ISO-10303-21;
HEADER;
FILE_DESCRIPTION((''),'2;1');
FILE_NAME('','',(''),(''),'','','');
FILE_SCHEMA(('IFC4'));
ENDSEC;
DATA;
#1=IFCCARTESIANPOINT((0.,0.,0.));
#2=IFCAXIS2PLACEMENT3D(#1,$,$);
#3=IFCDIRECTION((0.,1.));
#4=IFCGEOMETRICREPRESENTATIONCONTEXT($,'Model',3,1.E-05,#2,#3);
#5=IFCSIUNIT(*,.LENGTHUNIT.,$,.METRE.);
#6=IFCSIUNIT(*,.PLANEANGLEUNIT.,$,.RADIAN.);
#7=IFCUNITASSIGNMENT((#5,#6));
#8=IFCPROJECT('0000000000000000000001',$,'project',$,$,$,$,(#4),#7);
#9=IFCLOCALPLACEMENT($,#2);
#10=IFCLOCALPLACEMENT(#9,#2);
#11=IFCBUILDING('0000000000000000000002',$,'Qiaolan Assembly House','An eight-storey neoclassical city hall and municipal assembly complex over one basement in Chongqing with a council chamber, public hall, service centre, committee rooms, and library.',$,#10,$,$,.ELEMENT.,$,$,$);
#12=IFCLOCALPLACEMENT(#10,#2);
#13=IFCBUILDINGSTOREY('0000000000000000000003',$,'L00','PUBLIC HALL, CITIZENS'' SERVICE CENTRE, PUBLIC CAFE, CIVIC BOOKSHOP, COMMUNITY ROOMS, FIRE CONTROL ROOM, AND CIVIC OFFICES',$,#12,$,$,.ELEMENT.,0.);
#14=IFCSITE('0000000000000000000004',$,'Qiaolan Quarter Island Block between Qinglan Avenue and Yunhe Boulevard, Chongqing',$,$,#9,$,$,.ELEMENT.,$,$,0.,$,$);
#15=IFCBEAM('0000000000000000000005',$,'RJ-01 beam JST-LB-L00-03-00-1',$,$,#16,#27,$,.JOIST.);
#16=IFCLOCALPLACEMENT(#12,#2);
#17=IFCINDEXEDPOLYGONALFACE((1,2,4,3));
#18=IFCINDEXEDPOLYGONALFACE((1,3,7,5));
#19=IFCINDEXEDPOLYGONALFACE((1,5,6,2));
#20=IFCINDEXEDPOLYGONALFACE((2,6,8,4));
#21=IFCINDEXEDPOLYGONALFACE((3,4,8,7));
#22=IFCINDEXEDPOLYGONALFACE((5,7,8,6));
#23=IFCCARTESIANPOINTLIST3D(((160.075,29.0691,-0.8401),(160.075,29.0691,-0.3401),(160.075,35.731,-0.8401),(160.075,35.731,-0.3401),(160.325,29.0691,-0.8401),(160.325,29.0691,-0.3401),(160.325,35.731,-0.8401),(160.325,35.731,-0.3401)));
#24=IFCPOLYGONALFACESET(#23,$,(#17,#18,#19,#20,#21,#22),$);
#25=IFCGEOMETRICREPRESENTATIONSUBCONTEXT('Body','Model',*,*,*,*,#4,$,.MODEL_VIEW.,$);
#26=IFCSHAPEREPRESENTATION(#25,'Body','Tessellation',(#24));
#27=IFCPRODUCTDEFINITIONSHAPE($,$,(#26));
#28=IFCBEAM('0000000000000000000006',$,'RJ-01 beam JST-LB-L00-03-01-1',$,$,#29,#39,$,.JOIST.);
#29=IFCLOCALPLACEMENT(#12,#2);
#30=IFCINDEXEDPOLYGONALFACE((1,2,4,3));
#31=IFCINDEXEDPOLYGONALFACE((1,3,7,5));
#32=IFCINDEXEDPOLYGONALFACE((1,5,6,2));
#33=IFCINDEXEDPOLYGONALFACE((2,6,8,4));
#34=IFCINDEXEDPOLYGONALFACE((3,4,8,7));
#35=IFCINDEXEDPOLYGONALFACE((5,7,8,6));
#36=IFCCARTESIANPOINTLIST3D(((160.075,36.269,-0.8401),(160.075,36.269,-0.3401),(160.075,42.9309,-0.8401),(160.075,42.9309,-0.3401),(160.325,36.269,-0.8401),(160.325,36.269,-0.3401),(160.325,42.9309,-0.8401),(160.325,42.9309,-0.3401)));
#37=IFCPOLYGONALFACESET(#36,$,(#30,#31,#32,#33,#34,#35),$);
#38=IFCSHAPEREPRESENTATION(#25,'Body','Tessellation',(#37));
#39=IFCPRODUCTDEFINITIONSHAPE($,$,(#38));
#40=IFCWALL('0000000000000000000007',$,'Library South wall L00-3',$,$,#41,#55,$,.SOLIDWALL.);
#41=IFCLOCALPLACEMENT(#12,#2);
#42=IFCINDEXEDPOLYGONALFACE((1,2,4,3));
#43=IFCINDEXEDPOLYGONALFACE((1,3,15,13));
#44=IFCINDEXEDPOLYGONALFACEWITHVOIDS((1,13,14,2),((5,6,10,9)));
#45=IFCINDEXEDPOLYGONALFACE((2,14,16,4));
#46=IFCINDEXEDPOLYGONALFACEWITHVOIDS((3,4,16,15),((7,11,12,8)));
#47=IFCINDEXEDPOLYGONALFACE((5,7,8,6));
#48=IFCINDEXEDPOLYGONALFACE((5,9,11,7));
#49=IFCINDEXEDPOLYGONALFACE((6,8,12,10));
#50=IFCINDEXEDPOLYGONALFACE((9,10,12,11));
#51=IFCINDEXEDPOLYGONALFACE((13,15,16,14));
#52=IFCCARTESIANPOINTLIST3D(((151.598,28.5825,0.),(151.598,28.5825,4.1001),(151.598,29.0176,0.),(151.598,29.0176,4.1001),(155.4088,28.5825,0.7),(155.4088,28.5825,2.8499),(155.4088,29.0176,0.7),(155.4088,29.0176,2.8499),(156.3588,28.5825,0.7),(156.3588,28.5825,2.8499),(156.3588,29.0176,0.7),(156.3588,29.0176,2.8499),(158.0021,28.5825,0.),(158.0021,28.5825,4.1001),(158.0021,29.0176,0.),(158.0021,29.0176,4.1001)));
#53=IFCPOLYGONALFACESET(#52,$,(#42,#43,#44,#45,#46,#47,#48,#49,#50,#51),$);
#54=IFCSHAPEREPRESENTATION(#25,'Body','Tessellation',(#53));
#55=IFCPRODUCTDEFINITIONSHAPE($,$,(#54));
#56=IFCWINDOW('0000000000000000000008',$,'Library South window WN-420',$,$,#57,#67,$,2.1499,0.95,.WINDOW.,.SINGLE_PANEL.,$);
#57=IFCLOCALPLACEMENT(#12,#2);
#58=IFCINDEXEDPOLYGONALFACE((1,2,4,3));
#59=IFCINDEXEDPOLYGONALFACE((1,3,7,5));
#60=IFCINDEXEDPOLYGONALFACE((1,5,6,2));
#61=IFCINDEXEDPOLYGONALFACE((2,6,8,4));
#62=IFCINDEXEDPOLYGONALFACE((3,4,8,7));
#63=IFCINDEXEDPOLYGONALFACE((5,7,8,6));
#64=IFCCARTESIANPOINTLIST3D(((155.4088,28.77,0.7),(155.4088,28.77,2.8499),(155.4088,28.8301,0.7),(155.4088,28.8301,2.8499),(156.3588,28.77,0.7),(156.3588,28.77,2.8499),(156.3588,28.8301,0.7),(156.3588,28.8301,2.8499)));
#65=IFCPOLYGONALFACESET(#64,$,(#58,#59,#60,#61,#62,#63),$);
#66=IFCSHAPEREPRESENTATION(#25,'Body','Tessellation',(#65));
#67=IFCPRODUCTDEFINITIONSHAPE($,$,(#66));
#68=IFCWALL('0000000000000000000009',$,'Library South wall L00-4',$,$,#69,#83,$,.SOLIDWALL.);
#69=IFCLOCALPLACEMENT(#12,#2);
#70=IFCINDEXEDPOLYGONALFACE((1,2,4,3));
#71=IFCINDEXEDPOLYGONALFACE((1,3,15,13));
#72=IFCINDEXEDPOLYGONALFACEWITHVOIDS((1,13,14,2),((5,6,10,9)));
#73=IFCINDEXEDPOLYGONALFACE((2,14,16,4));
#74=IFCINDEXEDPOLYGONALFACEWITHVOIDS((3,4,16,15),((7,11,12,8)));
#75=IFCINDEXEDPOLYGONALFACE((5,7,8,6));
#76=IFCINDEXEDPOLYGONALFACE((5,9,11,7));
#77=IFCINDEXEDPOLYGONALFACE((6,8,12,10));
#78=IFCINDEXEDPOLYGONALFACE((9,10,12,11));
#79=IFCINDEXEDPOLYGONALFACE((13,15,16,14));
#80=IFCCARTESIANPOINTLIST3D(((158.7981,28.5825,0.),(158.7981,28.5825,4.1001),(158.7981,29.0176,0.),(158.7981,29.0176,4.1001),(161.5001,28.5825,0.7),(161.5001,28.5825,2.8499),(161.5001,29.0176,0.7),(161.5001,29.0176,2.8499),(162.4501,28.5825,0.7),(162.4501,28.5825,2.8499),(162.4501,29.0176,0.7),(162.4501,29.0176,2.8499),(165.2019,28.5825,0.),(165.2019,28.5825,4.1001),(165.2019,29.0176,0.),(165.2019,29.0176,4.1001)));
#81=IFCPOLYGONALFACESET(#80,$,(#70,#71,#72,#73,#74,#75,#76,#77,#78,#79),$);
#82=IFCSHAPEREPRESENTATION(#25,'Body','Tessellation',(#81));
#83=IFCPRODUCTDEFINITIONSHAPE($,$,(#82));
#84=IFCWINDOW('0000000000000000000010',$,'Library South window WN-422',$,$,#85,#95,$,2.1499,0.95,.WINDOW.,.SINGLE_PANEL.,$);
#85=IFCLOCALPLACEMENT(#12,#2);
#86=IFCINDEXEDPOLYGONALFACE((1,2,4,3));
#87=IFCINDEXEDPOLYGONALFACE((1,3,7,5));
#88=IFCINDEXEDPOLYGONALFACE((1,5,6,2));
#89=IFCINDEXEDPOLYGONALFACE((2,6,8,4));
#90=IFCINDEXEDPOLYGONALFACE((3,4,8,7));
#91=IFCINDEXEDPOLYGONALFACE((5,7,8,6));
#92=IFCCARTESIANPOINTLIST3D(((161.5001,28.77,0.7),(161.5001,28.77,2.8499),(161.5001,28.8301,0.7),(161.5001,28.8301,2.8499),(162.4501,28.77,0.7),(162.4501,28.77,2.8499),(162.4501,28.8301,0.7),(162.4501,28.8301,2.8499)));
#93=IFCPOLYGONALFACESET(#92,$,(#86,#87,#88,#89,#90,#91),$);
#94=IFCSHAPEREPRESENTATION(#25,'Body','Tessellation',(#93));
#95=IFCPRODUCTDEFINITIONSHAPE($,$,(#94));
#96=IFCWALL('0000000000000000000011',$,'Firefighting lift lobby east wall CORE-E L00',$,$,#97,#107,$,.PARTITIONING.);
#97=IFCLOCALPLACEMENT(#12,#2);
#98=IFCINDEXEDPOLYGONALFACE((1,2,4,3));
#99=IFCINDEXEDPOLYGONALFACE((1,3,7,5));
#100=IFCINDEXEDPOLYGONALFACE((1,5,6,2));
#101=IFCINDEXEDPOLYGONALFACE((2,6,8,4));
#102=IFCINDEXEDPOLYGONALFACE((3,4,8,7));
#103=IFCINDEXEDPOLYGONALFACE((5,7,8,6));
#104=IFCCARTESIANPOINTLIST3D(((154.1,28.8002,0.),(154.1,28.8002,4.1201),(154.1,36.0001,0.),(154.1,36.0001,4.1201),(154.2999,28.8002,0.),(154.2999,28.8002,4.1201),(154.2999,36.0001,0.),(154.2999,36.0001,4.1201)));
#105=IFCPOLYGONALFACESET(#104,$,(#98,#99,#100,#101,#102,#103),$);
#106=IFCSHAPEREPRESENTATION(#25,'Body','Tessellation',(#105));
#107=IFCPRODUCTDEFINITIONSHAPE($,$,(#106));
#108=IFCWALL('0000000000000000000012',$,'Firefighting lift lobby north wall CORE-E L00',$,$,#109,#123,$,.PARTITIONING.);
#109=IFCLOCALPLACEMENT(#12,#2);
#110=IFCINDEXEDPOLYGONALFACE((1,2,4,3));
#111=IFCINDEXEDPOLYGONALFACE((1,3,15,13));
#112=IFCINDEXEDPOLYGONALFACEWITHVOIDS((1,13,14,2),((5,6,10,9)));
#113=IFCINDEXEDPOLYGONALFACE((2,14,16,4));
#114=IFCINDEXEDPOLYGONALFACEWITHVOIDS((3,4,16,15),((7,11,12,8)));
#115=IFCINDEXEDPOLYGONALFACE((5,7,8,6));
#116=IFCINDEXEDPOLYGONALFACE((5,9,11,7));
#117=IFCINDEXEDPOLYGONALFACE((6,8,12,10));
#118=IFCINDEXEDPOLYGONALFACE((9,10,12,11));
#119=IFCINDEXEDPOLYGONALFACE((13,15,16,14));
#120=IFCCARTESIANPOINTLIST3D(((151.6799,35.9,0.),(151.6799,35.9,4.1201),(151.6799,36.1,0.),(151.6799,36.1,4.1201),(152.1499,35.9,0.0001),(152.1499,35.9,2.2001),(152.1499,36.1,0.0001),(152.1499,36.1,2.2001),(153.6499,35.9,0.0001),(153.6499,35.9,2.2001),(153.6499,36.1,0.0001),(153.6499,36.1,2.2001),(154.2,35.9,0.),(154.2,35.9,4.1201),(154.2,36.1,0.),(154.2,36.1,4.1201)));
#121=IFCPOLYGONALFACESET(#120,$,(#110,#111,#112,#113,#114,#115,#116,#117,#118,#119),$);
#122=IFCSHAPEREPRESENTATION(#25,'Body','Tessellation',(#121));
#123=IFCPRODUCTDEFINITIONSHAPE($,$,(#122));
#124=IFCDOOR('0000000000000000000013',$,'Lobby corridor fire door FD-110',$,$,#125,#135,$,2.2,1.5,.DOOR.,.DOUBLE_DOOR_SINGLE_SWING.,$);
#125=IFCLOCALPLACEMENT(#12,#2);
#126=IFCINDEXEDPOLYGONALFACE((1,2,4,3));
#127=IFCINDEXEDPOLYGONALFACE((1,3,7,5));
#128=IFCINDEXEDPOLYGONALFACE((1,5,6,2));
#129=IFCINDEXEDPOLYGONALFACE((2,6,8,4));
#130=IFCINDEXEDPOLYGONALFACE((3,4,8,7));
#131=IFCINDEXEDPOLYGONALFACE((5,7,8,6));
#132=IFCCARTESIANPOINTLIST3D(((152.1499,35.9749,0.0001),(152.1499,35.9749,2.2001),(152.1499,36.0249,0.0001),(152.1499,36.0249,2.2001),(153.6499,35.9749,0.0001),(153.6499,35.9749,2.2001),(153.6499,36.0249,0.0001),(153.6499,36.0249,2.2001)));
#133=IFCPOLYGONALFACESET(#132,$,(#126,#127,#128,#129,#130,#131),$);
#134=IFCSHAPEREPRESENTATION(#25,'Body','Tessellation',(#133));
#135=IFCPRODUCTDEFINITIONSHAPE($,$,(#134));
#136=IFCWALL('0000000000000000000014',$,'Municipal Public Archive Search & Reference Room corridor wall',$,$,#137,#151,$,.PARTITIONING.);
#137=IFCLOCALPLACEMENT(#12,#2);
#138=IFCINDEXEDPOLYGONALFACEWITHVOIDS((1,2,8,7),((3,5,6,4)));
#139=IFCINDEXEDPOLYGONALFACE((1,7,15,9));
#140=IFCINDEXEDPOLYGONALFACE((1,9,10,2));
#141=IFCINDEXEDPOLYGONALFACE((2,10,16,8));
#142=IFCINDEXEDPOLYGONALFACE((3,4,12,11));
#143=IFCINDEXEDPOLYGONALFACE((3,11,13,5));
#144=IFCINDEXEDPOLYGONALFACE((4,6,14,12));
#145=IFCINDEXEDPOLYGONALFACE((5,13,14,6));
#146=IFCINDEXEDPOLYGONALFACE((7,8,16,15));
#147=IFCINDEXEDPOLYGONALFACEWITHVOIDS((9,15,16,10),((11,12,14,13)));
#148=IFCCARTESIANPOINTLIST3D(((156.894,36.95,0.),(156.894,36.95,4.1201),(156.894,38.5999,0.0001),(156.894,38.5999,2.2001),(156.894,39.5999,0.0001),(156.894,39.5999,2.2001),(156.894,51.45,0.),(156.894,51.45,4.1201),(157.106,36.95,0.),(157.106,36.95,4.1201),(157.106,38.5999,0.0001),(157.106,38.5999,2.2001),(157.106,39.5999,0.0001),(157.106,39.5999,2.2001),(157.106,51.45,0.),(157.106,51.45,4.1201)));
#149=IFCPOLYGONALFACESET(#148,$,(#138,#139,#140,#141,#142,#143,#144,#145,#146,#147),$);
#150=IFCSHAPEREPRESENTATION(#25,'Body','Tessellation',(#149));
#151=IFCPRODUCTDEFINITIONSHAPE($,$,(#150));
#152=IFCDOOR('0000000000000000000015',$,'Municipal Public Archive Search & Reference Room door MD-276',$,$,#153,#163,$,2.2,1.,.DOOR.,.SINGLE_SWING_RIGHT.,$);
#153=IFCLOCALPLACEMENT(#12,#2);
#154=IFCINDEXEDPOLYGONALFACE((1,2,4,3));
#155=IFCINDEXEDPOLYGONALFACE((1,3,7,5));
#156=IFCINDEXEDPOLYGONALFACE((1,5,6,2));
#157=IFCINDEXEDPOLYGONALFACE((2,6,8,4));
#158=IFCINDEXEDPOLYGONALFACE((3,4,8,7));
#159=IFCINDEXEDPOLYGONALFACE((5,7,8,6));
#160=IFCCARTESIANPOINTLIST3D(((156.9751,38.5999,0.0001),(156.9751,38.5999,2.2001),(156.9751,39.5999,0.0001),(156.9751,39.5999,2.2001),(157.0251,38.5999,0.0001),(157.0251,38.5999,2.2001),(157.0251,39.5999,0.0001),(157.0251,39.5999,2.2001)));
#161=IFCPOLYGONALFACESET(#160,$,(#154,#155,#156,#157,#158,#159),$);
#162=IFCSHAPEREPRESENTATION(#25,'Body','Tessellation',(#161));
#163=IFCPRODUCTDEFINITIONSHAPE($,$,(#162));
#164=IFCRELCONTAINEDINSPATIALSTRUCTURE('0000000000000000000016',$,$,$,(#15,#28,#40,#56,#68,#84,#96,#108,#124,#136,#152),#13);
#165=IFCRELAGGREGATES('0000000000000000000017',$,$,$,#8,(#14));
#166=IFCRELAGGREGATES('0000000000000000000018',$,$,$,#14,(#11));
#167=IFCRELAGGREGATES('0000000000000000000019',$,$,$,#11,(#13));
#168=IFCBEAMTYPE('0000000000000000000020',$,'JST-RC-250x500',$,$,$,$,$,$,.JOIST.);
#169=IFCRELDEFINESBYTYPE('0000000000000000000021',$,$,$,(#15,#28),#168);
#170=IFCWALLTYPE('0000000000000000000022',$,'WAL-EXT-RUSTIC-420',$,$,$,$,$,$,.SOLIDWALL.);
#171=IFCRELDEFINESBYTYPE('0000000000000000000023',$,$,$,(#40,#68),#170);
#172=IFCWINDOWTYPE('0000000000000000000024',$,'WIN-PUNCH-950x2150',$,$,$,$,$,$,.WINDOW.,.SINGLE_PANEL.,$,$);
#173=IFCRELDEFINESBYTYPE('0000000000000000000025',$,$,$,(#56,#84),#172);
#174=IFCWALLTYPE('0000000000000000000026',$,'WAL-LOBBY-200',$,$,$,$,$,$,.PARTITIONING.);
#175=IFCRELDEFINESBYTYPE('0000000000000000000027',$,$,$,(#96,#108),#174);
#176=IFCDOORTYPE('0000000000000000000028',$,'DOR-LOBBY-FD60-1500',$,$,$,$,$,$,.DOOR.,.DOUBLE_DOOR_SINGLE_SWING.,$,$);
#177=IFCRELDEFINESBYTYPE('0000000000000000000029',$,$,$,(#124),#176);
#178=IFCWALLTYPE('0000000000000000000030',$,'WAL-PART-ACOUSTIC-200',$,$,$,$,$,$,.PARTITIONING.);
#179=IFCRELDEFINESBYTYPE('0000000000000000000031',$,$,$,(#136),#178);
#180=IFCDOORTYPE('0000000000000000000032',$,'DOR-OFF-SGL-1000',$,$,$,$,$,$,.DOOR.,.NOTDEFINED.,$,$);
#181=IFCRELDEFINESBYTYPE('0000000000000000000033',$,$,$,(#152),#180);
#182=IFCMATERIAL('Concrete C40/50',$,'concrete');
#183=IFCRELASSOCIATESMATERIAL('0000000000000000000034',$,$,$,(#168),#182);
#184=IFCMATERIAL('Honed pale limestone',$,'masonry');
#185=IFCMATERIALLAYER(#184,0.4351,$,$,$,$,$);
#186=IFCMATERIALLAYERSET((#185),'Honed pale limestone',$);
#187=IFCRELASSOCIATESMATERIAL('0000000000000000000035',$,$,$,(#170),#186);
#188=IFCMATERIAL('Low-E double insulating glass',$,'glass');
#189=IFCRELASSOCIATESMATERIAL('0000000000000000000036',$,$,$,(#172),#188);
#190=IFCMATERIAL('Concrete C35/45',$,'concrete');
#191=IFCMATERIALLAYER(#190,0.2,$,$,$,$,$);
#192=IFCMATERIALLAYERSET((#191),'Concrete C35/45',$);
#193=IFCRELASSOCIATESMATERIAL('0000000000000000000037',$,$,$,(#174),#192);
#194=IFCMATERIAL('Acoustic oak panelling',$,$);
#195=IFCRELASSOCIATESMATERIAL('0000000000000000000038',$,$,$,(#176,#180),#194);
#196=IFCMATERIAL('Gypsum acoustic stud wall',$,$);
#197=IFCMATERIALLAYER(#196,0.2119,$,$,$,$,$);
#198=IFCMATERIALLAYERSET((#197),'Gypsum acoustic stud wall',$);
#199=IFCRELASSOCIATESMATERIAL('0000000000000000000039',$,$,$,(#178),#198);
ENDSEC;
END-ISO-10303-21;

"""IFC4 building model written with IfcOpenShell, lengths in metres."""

from ifc_helpers import new_model, si_unit, direction, frame, frame_2d, origin, origin_2d, place, context, subcontext, project, spatial, rectangle, extrude, material, layer, layer_set, material_profile, profile_set, type_object, element, fill, save


model = new_model("IFC4")

# Units and contexts
model_context = context("Model", 3, precision=1e-05, world=origin(), true_north=direction((0.0, 1.0)))
body_context = subcontext(model_context, "Body", "Model", "MODEL_VIEW")
ifc_project = project(units=[si_unit("LENGTHUNIT", "METRE"), si_unit("PLANEANGLEUNIT", "RADIAN")], contexts=[model_context])

# Site, building, storey
site_placement = place(None, origin())
site = spatial("IfcSite", under=ifc_project, at=site_placement, Name="Qiaolan Quarter Island Block between Qinglan Avenue and Yunhe Boulevard, Chongqing", CompositionType="ELEMENT", RefElevation=0.0)
building_placement = place(site_placement, origin())
building = spatial("IfcBuilding", under=site, at=building_placement, Name="Qiaolan Assembly House", Description="An eight-storey neoclassical city hall and municipal assembly complex over one basement in Chongqing with a council chamber, public hall, service centre, committee rooms, and library.", CompositionType="ELEMENT")
storey_placement = place(building_placement, origin())
storey = spatial("IfcBuildingStorey", under=building, at=storey_placement, Name="L00", Description="PUBLIC HALL, CITIZENS' SERVICE CENTRE, PUBLIC CAFE, CIVIC BOOKSHOP, COMMUNITY ROOMS, FIRE CONTROL ROOM, AND CIVIC OFFICES", CompositionType="ELEMENT", Elevation=0.0)

# Beams
ifc_material_1 = material(Name="Concrete C40/50", Category="concrete")
ifc_material_profile_1 = material_profile(ifc_material_1, rectangle(XDim=0.25, YDim=0.5, at=origin_2d()), Name="RCB 250x500")
ifc_profile_set_1 = profile_set([ifc_material_profile_1], Name="Concrete C40/50")
beam_type_1 = type_object("IfcBeamType", Name="JST-RC-250x500", PredefinedType="JOIST", material=ifc_profile_set_1)
for number, where, z_axis, x_axis, name in (
    (1, (160.2, 29.0691, -0.5901), (0.0, 1.0, 0.0), (-1.0, 0.0, 0.0), "RJ-01 beam JST-LB-L00-03-00-1"),
    (2, (160.2, 36.269, -0.5901), (0.0, 1.0, 0.0), (-1.0, 0.0, 0.0), "RJ-01 beam JST-LB-L00-03-01-1"),
):
    element("IfcBeam", number, at=place(storey_placement, frame(where, z_axis=z_axis, x_axis=x_axis)), inside=storey, type_object=beam_type_1, Name=name, PredefinedType="JOIST", context=body_context, shape_type="SweptSolid", body=[
        extrude(rectangle(XDim=0.25, YDim=0.5, at=origin_2d()), origin(), (0.0, 0.0, 1.0), 6.6619),
    ])

# Walls, openings, windows
ifc_material_2 = material(Name="Honed pale limestone", Category="masonry")
ifc_layer_1 = layer(ifc_material_2, 0.4351)
ifc_layer_set_1 = layer_set([ifc_layer_1], Name="Honed pale limestone")
wall_type_1 = type_object("IfcWallType", Name="WAL-EXT-RUSTIC-420", PredefinedType="SOLIDWALL", material=ifc_layer_set_1)
wall_1_placement = place(storey_placement, frame((151.5979, 28.8, 0.0), z_axis=(0.0, 0.0, 1.0), x_axis=(1.0, 0.0, 0.0)))
wall_1 = element("IfcWall", 3, at=wall_1_placement, inside=storey, type_object=wall_type_1, Name="Library South wall L00-3", PredefinedType="SOLIDWALL", context=body_context, shape_type="SweptSolid", body=[
    extrude(rectangle(XDim=6.4041, YDim=0.4351, at=frame_2d((3.2021, 0.0))), origin(), (0.0, 0.0, 1.0), 4.1001),
])
opening_1_placement = place(wall_1_placement, frame((3.8108, 0.0, 0.7)))
opening_1 = element("IfcOpeningElement", 4, at=opening_1_placement, cuts=wall_1, PredefinedType="OPENING", context=body_context, shape_type="SweptSolid", body=[
    extrude(rectangle(XDim=0.95, YDim=2.1499, at=frame_2d((0.4751, 1.075))), frame((0.0, 0.2275, 0.0), z_axis=(0.0, -1.0, 0.0), x_axis=(1.0, 0.0, 0.0)), (0.0, 0.0, 1.0), 0.4551),
])
ifc_material_3 = material(Name="Low-E double insulating glass", Category="glass")
window_type = type_object("IfcWindowType", Name="WIN-PUNCH-950x2150", PartitioningType="SINGLE_PANEL", PredefinedType="WINDOW", material=ifc_material_3)
window_1_placement = place(opening_1_placement, origin())
window_1 = element("IfcWindow", 5, at=window_1_placement, inside=storey, type_object=window_type, Name="Library South window WN-420", OverallHeight=2.1499, OverallWidth=0.95, PartitioningType="SINGLE_PANEL", PredefinedType="WINDOW", context=body_context, shape_type="SweptSolid", body=[
    extrude(rectangle(XDim=0.95, YDim=2.1499, at=frame_2d((0.4751, 1.075))), frame((0.0, 0.03, 0.0), z_axis=(0.0, -1.0, 0.0), x_axis=(1.0, 0.0, 0.0)), (0.0, 0.0, 1.0), 0.0601),
])
fill(opening_1, window_1)
wall_2_placement = place(storey_placement, frame((158.7981, 28.8, 0.0), z_axis=(0.0, 0.0, 1.0), x_axis=(1.0, 0.0, 0.0)))
wall_2 = element("IfcWall", 6, at=wall_2_placement, inside=storey, type_object=wall_type_1, Name="Library South wall L00-4", PredefinedType="SOLIDWALL", context=body_context, shape_type="SweptSolid", body=[
    extrude(rectangle(XDim=6.4038, YDim=0.4351, at=frame_2d((3.2019, 0.0))), origin(), (0.0, 0.0, 1.0), 4.1001),
])
opening_2_placement = place(wall_2_placement, frame((2.7019, 0.0, 0.7)))
opening_2 = element("IfcOpeningElement", 7, at=opening_2_placement, cuts=wall_2, PredefinedType="OPENING", context=body_context, shape_type="SweptSolid", body=[
    extrude(rectangle(XDim=0.95, YDim=2.1499, at=frame_2d((0.4751, 1.075))), frame((0.0, 0.2275, 0.0), z_axis=(0.0, -1.0, 0.0), x_axis=(1.0, 0.0, 0.0)), (0.0, 0.0, 1.0), 0.4551),
])
window_2_placement = place(opening_2_placement, origin())
window_2 = element("IfcWindow", 8, at=window_2_placement, inside=storey, type_object=window_type, Name="Library South window WN-422", OverallHeight=2.1499, OverallWidth=0.95, PartitioningType="SINGLE_PANEL", PredefinedType="WINDOW", context=body_context, shape_type="SweptSolid", body=[
    extrude(rectangle(XDim=0.95, YDim=2.1499, at=frame_2d((0.4751, 1.075))), frame((0.0, 0.03, 0.0), z_axis=(0.0, -1.0, 0.0), x_axis=(1.0, 0.0, 0.0)), (0.0, 0.0, 1.0), 0.0601),
])
fill(opening_2, window_2)

# Wall
ifc_material_4 = material(Name="Concrete C35/45", Category="concrete")
ifc_layer_2 = layer(ifc_material_4, 0.2)
ifc_layer_set_2 = layer_set([ifc_layer_2], Name="Concrete C35/45")
wall_type_2 = type_object("IfcWallType", Name="WAL-LOBBY-200", PredefinedType="PARTITIONING", material=ifc_layer_set_2)
wall_3_placement = place(storey_placement, frame((154.2, 28.8, 0.0), z_axis=(0.0, 0.0, 1.0), x_axis=(0.0, 1.0, 0.0)))
element("IfcWall", 9, at=wall_3_placement, inside=storey, type_object=wall_type_2, Name="Firefighting lift lobby east wall CORE-E L00", PredefinedType="PARTITIONING", context=body_context, shape_type="SweptSolid", body=[
    extrude(rectangle(XDim=7.2, YDim=0.2, at=frame_2d((3.6001, 0.0))), origin(), (0.0, 0.0, 1.0), 4.1201),
])

# Walls, openings, doors
wall_4_placement = place(storey_placement, frame((154.2, 36.0, 0.0), z_axis=(0.0, 0.0, 1.0), x_axis=(-1.0, 0.0, 0.0)))
wall_4 = element("IfcWall", 10, at=wall_4_placement, inside=storey, type_object=wall_type_2, Name="Firefighting lift lobby north wall CORE-E L00", PredefinedType="PARTITIONING", context=body_context, shape_type="SweptSolid", body=[
    extrude(rectangle(XDim=2.52, YDim=0.2, at=frame_2d((1.26, 0.0))), origin(), (0.0, 0.0, 1.0), 4.1201),
])
opening_3_placement = place(wall_4_placement, frame((0.55, 0.0, 0.0)))
opening_3 = element("IfcOpeningElement", 11, at=opening_3_placement, cuts=wall_4, PredefinedType="OPENING", context=body_context, shape_type="SweptSolid", body=[
    extrude(rectangle(XDim=1.5, YDim=2.2, at=frame_2d((0.75, 1.1001))), frame((0.0, 0.1099, 0.0), z_axis=(0.0, -1.0, 0.0), x_axis=(1.0, 0.0, 0.0)), (0.0, 0.0, 1.0), 0.22),
])
ifc_material_5 = material(Name="Acoustic oak panelling")
door_type_1 = type_object("IfcDoorType", Name="DOR-LOBBY-FD60-1500", OperationType="DOUBLE_DOOR_SINGLE_SWING", PredefinedType="DOOR", material=ifc_material_5)
door_1_placement = place(opening_3_placement, frame((1.5, 0.0, 0.0), z_axis=(0.0, 0.0, 1.0), x_axis=(-1.0, 0.0, 0.0)))
door_1 = element("IfcDoor", 12, at=door_1_placement, inside=storey, type_object=door_type_1, Name="Lobby corridor fire door FD-110", OperationType="DOUBLE_DOOR_SINGLE_SWING", OverallHeight=2.2, OverallWidth=1.5, PredefinedType="DOOR", context=body_context, shape_type="SweptSolid", body=[
    extrude(rectangle(XDim=1.5, YDim=2.2, at=frame_2d((0.75, 1.1001))), frame((0.0, 0.0249, 0.0), z_axis=(0.0, -1.0, 0.0), x_axis=(1.0, 0.0, 0.0)), (0.0, 0.0, 1.0), 0.05),
])
fill(opening_3, door_1)
ifc_material_6 = material(Name="Gypsum acoustic stud wall")
ifc_layer_3 = layer(ifc_material_6, 0.2119)
ifc_layer_set_3 = layer_set([ifc_layer_3], Name="Gypsum acoustic stud wall")
wall_type_3 = type_object("IfcWallType", Name="WAL-PART-ACOUSTIC-200", PredefinedType="PARTITIONING", material=ifc_layer_set_3)
wall_5_placement = place(storey_placement, frame((157.0, 36.95, 0.0), z_axis=(0.0, 0.0, 1.0), x_axis=(0.0, 1.0, 0.0)))
wall_5 = element("IfcWall", 13, at=wall_5_placement, inside=storey, type_object=wall_type_3, Name="Municipal Public Archive Search & Reference Room corridor wall", PredefinedType="PARTITIONING", context=body_context, shape_type="SweptSolid", body=[
    extrude(rectangle(XDim=14.5, YDim=0.2119, at=frame_2d((7.25, 0.0))), origin(), (0.0, 0.0, 1.0), 4.1201),
])
opening_4_placement = place(wall_5_placement, frame((1.6499, 0.0, 0.0)))
opening_4 = element("IfcOpeningElement", 14, at=opening_4_placement, cuts=wall_5, PredefinedType="OPENING", context=body_context, shape_type="SweptSolid", body=[
    extrude(rectangle(XDim=1.0, YDim=2.2, at=frame_2d((0.5, 1.1001))), frame((0.0, 0.116, 0.0), z_axis=(0.0, -1.0, 0.0), x_axis=(1.0, 0.0, 0.0)), (0.0, 0.0, 1.0), 0.2319),
])
door_type_2 = type_object("IfcDoorType", Name="DOR-OFF-SGL-1000", OperationType="NOTDEFINED", PredefinedType="DOOR", material=ifc_material_5)
door_2_placement = place(opening_4_placement, origin())
door_2 = element("IfcDoor", 15, at=door_2_placement, inside=storey, type_object=door_type_2, Name="Municipal Public Archive Search & Reference Room door MD-276", OperationType="SINGLE_SWING_RIGHT", OverallHeight=2.2, OverallWidth=1.0, PredefinedType="DOOR", context=body_context, shape_type="SweptSolid", body=[
    extrude(rectangle(XDim=1.0, YDim=2.2, at=frame_2d((0.5, 1.1001))), frame((0.0, 0.0249, 0.0), z_axis=(0.0, -1.0, 0.0), x_axis=(1.0, 0.0, 0.0)), (0.0, 0.0, 1.0), 0.05),
])
fill(opening_4, door_2)

save(model, "model.ifc")
